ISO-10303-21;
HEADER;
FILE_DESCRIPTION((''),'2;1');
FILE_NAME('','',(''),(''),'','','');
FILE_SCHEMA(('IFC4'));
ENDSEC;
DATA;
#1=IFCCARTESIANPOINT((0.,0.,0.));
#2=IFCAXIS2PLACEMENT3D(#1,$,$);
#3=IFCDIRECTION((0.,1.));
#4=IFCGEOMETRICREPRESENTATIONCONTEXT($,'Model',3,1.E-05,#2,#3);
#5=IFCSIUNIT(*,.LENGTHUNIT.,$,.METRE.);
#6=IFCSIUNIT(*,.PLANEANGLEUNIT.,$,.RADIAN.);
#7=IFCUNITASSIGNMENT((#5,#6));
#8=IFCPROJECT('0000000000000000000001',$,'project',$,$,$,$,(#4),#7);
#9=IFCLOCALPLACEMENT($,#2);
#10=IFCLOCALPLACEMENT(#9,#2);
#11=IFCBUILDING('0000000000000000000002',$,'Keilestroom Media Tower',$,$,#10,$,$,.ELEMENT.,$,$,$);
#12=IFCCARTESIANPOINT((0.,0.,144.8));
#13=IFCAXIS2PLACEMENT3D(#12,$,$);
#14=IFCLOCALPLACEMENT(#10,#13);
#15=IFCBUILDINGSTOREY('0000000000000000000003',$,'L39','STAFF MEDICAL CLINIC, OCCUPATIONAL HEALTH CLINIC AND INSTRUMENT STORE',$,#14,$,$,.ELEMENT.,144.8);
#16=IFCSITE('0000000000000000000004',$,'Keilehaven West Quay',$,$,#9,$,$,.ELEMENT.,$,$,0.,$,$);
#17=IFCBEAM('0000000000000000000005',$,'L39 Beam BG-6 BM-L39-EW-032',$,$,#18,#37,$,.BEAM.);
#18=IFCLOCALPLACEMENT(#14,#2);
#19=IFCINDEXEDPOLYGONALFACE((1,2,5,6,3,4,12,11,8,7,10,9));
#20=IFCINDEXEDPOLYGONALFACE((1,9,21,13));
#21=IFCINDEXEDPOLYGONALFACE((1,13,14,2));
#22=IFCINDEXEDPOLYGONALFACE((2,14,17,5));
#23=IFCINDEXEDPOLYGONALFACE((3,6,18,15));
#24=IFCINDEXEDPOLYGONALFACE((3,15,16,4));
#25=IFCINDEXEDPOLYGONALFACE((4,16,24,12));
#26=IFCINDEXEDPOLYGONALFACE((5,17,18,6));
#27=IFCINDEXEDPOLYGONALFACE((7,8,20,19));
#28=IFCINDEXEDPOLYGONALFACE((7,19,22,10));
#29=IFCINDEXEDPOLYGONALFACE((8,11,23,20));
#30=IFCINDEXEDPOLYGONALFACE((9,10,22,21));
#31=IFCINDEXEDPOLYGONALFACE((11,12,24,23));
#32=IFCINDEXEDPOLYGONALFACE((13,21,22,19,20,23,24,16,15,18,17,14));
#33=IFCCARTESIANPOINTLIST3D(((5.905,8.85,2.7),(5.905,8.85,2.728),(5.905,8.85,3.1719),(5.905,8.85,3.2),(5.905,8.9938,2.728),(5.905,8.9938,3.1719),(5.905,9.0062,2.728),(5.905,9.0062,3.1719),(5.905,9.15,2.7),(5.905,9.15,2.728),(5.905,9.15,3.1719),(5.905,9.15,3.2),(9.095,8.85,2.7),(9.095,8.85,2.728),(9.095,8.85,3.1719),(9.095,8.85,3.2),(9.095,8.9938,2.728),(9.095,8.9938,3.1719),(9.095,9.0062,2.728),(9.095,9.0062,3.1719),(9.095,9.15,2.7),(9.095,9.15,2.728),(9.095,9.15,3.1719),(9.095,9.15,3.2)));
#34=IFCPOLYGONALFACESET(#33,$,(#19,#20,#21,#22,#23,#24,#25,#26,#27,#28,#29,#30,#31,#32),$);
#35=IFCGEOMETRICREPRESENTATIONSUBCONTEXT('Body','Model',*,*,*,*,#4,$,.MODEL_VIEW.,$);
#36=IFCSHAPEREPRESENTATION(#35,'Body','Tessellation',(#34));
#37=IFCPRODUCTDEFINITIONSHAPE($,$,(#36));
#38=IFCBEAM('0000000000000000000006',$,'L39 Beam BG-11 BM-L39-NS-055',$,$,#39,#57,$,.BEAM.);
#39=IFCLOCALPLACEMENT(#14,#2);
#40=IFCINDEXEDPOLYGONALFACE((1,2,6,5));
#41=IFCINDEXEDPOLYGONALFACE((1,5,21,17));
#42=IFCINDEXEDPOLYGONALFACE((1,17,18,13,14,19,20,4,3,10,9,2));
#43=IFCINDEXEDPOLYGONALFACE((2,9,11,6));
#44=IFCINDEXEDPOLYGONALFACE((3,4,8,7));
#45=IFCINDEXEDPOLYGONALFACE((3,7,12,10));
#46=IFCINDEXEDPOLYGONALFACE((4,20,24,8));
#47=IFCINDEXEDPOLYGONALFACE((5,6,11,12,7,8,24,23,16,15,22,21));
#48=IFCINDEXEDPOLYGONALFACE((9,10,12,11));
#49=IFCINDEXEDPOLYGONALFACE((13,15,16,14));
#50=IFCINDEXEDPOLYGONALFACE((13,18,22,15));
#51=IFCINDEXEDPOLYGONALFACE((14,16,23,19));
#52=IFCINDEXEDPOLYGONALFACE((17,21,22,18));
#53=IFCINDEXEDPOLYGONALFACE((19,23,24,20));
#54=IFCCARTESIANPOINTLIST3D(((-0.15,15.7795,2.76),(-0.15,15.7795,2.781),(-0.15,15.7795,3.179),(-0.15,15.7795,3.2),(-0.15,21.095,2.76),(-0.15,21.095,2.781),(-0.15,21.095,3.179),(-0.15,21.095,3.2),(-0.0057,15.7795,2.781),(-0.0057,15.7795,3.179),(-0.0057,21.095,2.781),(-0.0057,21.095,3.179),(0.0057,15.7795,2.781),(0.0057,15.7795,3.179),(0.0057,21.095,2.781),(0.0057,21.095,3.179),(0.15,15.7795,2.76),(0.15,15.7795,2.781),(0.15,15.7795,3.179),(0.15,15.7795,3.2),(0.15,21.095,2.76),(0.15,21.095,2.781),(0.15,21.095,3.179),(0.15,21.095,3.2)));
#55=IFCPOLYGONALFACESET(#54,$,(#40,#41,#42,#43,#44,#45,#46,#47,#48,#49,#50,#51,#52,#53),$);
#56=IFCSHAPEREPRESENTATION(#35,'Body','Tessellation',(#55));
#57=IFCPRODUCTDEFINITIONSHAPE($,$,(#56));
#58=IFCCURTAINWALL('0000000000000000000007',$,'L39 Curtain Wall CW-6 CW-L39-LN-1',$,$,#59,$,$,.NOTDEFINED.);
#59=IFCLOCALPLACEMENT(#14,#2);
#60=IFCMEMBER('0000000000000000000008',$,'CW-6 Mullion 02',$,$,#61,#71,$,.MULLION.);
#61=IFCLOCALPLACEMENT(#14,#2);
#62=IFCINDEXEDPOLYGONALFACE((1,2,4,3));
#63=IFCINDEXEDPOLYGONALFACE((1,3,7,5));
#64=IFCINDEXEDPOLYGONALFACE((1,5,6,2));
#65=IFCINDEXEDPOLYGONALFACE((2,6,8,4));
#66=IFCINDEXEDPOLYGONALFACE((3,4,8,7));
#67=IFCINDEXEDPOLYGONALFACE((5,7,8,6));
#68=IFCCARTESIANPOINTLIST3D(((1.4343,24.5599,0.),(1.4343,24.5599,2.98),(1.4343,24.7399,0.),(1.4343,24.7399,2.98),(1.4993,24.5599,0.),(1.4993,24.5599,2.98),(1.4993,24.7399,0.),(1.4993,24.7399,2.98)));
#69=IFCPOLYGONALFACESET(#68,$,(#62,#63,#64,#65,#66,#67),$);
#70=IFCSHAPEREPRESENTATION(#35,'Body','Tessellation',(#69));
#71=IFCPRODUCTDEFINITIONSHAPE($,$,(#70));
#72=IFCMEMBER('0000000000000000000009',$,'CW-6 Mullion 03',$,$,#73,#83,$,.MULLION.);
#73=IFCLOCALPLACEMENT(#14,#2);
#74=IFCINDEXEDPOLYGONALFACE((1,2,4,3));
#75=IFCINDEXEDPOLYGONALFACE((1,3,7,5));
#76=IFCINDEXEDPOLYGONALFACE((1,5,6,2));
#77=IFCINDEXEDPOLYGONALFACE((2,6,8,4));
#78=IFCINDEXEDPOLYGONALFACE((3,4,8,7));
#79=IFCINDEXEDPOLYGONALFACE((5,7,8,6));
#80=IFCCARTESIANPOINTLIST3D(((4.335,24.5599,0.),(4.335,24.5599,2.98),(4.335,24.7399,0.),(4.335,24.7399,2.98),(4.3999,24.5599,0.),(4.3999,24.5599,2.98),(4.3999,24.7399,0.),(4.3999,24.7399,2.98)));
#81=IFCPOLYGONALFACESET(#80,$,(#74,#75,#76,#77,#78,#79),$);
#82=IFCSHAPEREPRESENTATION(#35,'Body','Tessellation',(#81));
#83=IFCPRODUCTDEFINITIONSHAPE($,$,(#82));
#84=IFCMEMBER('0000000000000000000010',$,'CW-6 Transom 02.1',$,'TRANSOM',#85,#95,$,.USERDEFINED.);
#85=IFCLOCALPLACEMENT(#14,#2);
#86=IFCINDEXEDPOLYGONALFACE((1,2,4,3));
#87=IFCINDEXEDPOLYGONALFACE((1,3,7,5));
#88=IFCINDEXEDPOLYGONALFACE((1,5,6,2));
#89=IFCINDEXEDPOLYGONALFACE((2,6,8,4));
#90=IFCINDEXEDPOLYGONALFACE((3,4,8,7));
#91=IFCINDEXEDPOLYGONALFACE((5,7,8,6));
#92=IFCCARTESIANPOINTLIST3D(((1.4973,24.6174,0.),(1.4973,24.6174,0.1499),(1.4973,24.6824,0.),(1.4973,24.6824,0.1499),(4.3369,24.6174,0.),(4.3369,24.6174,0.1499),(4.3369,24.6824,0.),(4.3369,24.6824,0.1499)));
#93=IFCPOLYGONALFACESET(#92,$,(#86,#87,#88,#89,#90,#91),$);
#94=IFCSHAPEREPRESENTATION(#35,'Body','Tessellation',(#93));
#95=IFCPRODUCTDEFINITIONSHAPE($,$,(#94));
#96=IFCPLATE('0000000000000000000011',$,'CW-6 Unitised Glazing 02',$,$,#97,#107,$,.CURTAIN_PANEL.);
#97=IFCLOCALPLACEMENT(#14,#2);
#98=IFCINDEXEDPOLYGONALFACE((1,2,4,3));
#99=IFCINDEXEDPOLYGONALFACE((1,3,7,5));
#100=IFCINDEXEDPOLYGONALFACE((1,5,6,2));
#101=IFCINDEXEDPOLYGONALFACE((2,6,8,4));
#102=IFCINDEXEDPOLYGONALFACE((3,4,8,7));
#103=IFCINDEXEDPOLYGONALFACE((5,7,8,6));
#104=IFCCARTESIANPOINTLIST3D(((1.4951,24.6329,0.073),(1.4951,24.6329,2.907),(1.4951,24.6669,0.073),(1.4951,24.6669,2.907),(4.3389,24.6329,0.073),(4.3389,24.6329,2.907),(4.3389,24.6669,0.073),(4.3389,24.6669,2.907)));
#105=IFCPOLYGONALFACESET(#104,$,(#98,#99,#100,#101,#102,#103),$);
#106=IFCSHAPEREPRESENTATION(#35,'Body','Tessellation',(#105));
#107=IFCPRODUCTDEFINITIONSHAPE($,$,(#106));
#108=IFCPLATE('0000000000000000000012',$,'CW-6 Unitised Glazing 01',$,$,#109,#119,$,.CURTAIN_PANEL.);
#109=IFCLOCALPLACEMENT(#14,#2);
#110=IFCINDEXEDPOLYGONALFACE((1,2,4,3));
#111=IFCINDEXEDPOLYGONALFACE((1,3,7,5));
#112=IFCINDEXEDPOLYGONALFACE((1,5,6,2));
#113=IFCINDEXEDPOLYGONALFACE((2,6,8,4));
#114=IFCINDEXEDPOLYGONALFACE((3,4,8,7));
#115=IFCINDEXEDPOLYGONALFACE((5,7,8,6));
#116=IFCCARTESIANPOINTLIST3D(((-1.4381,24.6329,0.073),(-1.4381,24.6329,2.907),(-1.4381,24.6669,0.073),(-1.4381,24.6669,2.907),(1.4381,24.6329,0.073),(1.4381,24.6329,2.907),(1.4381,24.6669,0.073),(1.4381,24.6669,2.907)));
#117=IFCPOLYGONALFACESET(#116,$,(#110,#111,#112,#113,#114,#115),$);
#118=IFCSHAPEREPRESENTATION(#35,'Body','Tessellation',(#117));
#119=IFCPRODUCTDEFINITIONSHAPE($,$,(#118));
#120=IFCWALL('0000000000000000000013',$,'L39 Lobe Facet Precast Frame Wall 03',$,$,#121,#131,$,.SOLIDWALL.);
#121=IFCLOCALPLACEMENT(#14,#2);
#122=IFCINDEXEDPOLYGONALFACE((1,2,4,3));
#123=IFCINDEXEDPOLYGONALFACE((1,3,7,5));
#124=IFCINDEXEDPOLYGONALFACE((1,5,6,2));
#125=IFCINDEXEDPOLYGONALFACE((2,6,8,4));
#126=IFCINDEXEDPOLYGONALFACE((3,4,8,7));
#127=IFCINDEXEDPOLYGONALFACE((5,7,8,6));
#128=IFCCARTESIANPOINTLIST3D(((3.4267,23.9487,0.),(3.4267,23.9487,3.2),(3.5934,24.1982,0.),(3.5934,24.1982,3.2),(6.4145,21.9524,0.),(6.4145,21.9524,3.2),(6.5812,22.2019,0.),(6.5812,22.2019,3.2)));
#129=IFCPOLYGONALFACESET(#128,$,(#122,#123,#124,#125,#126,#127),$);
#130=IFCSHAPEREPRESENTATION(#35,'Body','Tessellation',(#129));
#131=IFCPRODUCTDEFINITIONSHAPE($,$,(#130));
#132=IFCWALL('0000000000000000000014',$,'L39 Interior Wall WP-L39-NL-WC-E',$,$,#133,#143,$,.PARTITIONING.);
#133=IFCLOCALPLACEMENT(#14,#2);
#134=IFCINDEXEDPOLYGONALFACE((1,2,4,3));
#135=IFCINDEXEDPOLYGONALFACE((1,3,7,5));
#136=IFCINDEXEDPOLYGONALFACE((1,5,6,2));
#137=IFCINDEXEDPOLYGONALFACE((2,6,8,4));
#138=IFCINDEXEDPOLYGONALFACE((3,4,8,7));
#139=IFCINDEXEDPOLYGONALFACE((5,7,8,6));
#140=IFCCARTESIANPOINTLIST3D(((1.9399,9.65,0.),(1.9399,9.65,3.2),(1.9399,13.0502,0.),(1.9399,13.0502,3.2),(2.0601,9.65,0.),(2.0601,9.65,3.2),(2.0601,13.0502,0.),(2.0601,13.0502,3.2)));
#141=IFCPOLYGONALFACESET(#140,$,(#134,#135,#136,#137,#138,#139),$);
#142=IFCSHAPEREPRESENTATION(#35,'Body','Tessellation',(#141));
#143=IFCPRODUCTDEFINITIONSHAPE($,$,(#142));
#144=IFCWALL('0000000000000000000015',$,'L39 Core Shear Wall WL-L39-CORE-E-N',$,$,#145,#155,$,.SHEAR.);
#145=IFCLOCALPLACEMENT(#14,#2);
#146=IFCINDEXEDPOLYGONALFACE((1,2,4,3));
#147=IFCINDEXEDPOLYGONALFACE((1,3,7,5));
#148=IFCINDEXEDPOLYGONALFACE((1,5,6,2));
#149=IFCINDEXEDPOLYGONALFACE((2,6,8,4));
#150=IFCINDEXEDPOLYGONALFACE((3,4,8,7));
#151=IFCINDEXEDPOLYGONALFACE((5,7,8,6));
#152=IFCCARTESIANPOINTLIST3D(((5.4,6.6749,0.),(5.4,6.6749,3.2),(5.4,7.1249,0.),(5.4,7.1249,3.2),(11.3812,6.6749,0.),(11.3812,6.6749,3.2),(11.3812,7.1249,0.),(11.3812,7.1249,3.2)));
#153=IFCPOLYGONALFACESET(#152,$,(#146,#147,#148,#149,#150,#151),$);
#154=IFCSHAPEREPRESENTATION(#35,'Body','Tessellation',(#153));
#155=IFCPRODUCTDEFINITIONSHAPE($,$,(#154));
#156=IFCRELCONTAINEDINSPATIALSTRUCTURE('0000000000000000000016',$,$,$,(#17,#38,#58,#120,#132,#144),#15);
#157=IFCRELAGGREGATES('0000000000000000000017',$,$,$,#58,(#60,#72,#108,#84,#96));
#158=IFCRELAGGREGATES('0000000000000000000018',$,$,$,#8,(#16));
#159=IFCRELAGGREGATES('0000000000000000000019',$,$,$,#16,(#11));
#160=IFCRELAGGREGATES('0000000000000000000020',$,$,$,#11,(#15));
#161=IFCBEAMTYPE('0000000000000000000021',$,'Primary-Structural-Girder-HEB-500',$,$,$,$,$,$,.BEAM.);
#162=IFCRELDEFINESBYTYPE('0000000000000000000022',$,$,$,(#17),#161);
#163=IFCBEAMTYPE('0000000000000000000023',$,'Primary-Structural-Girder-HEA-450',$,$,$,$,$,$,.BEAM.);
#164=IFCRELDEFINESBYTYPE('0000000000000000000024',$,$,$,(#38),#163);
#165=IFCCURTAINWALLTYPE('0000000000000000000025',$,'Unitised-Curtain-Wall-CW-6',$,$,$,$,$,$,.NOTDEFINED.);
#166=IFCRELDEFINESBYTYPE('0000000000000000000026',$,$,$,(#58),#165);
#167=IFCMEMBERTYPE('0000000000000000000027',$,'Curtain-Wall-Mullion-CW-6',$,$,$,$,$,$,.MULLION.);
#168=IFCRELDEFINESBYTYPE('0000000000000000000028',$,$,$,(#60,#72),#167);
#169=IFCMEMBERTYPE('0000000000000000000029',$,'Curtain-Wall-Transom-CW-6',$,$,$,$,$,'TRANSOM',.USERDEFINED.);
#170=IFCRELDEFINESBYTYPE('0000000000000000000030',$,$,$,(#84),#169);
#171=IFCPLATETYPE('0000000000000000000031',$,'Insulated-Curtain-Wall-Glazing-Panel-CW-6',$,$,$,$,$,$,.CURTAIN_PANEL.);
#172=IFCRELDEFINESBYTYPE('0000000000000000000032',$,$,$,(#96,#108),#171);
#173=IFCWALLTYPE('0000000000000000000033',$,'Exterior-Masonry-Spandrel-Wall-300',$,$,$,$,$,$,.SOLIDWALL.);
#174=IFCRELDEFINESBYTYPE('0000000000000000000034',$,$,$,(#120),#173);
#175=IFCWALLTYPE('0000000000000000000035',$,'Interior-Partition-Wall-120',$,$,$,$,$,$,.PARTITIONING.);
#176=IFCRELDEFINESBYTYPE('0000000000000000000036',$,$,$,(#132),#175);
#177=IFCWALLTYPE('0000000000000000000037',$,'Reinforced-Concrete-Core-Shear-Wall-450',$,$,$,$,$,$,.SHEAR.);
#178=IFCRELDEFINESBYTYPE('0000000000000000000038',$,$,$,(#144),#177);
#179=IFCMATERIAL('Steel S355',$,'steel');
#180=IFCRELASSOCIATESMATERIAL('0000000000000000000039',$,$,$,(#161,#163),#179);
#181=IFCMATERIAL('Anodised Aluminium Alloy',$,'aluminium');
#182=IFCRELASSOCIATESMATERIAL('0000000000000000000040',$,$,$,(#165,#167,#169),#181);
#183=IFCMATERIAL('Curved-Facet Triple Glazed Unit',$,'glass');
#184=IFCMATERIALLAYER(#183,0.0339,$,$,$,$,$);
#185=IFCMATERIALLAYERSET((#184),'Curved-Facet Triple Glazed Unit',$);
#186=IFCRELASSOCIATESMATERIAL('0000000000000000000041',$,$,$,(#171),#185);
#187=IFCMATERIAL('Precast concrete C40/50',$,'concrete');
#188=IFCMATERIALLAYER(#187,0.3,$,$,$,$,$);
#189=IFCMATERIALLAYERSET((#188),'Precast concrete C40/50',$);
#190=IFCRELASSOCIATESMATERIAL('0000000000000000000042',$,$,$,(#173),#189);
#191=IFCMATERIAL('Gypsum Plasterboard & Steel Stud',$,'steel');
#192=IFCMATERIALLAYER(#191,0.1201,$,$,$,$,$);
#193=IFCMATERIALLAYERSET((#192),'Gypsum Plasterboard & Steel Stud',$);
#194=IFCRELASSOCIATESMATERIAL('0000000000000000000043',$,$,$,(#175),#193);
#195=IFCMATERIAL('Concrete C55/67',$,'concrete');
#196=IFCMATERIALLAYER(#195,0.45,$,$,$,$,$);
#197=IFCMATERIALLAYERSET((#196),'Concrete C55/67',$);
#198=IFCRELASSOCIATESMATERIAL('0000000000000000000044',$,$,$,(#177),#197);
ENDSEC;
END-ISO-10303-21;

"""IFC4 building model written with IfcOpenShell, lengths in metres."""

from ifc_helpers import new_model, si_unit, direction, frame, frame_2d, origin, origin_2d, place, context, subcontext, project, spatial, rectangle, i_section, extrude, source, transform, mapped, material, layer, layer_set, material_profile, profile_set, type_object, element, aggregate, save


model = new_model("IFC4")

# Units and contexts
model_context = context("Model", 3, precision=1e-05, world=origin(), true_north=direction((0.0, 1.0)))
body_context = subcontext(model_context, "Body", "Model", "MODEL_VIEW")
ifc_project = project(units=[si_unit("LENGTHUNIT", "METRE"), si_unit("PLANEANGLEUNIT", "RADIAN")], contexts=[model_context])

# Site, building, storey
site_placement = place(None, origin())
site = spatial("IfcSite", under=ifc_project, at=site_placement, Name="Keilehaven West Quay", CompositionType="ELEMENT", RefElevation=0.0)
building_placement = place(site_placement, origin())
building = spatial("IfcBuilding", under=site, at=building_placement, Name="Keilestroom Media Tower", CompositionType="ELEMENT")
storey_placement = place(building_placement, frame((0.0, 0.0, 144.8)))
storey = spatial("IfcBuildingStorey", under=building, at=storey_placement, Name="L39", Description="STAFF MEDICAL CLINIC, OCCUPATIONAL HEALTH CLINIC AND INSTRUMENT STORE", CompositionType="ELEMENT", Elevation=144.8)

# Shared definitions
ifc_material_1 = material(Name="Steel S355", Category="steel")
ifc_material_2 = material(Name="Concrete C55/67", Category="concrete")

# Beams
ifc_material_profile_1 = material_profile(ifc_material_1, i_section(OverallWidth=0.3, OverallDepth=0.5, WebThickness=0.0125, FlangeThickness=0.0281, at=origin_2d()), Name="HEB 500")
ifc_profile_set_1 = profile_set([ifc_material_profile_1], Name="Steel S355")
beam_type_1 = type_object("IfcBeamType", Name="Primary-Structural-Girder-HEB-500", PredefinedType="BEAM", material=ifc_profile_set_1)
shared_shape_1 = source(origin(), body_context, "Body", "SweptSolid", [
    extrude(i_section(OverallWidth=0.3, OverallDepth=0.5, WebThickness=0.0125, FlangeThickness=0.0281, at=origin_2d()), origin(), (0.0, 0.0, 1.0), 3.1899),
])
beam_1_placement = place(storey_placement, frame((5.905, 9.0, 2.95), z_axis=(1.0, 0.0, 0.0), x_axis=(0.0, 1.0, 0.0)))
element("IfcBeam", 1, at=beam_1_placement, inside=storey, type_object=beam_type_1, Name="L39 Beam BG-6 BM-L39-EW-032", PredefinedType="BEAM", context=body_context, shape_type="MappedRepresentation", body=[
    mapped(shared_shape_1, transform((0.0, 0.0, 0.0), x_axis=(1.0, 0.0, 0.0), y_axis=(0.0, 1.0, 0.0), z_axis=(0.0, 0.0, 1.0), scale=1.0)),
])
ifc_material_profile_2 = material_profile(ifc_material_1, i_section(OverallWidth=0.3, OverallDepth=0.4399, WebThickness=0.0115, FlangeThickness=0.021, at=origin_2d()), Name="HEA 450")
ifc_profile_set_2 = profile_set([ifc_material_profile_2], Name="Steel S355")
beam_type_2 = type_object("IfcBeamType", Name="Primary-Structural-Girder-HEA-450", PredefinedType="BEAM", material=ifc_profile_set_2)
shared_shape_2 = source(origin(), body_context, "Body", "SweptSolid", [
    extrude(i_section(OverallWidth=0.3, OverallDepth=0.4399, WebThickness=0.0115, FlangeThickness=0.021, at=origin_2d()), origin(), (0.0, 0.0, 1.0), 5.3154),
])
beam_2_placement = place(storey_placement, frame((0.0, 15.7795, 2.98), z_axis=(0.0, 1.0, 0.0), x_axis=(-1.0, 0.0, 0.0)))
element("IfcBeam", 2, at=beam_2_placement, inside=storey, type_object=beam_type_2, Name="L39 Beam BG-11 BM-L39-NS-055", PredefinedType="BEAM", context=body_context, shape_type="MappedRepresentation", body=[
    mapped(shared_shape_2, transform((0.0, 0.0, 0.0), x_axis=(1.0, 0.0, 0.0), y_axis=(0.0, 1.0, 0.0), z_axis=(0.0, 0.0, 1.0), scale=1.0)),
])

# Curtain wall, members, plates
ifc_material_3 = material(Name="Anodised Aluminium Alloy", Category="aluminium")
curtain_wall_type = type_object("IfcCurtainWallType", Name="Unitised-Curtain-Wall-CW-6", PredefinedType="NOTDEFINED", material=ifc_material_3)
curtain_wall_placement = place(storey_placement, origin())
curtain_wall = element("IfcCurtainWall", 3, at=curtain_wall_placement, inside=storey, type_object=curtain_wall_type, Name="L39 Curtain Wall CW-6 CW-L39-LN-1", PredefinedType="NOTDEFINED")
ifc_material_profile_3 = material_profile(ifc_material_3, rectangle(XDim=0.0649, YDim=0.1799, at=origin_2d()), Name="ALU MULLION 65x180")
ifc_profile_set_3 = profile_set([ifc_material_profile_3], Name="Anodised Aluminium Alloy")
member_type_1 = type_object("IfcMemberType", Name="Curtain-Wall-Mullion-CW-6", PredefinedType="MULLION", material=ifc_profile_set_3)
shared_shape_3 = source(origin(), body_context, "Body", "SweptSolid", [
    extrude(rectangle(XDim=0.0649, YDim=0.1799, at=origin_2d()), origin(), (0.0, 0.0, 1.0), 2.98),
])
member_1_placement = place(storey_placement, frame((1.4668, 24.6499, 0.0), z_axis=(0.0, 0.0, 1.0), x_axis=(1.0, 0.0, 0.0)))
member_1 = element("IfcMember", 4, at=member_1_placement, type_object=member_type_1, Name="CW-6 Mullion 02", PredefinedType="MULLION", context=body_context, shape_type="MappedRepresentation", body=[
    mapped(shared_shape_3, transform((0.0, 0.0, 0.0), x_axis=(1.0, 0.0, 0.0), y_axis=(0.0, 1.0, 0.0), z_axis=(0.0, 0.0, 1.0), scale=1.0)),
])
member_2_placement = place(storey_placement, frame((4.3674, 24.6499, 0.0), z_axis=(0.0, 0.0, 1.0), x_axis=(1.0, 0.0, 0.0)))
member_2 = element("IfcMember", 5, at=member_2_placement, type_object=member_type_1, Name="CW-6 Mullion 03", PredefinedType="MULLION", context=body_context, shape_type="MappedRepresentation", body=[
    mapped(shared_shape_3, transform((0.0, 0.0, 0.0), x_axis=(1.0, 0.0, 0.0), y_axis=(0.0, 1.0, 0.0), z_axis=(0.0, 0.0, 1.0), scale=1.0)),
])
ifc_material_profile_4 = material_profile(ifc_material_3, rectangle(XDim=0.0649, YDim=0.1499, at=origin_2d()), Name="ALU TRANSOM 65x150")
ifc_profile_set_4 = profile_set([ifc_material_profile_4], Name="Anodised Aluminium Alloy")
member_type_2 = type_object("IfcMemberType", Name="Curtain-Wall-Transom-CW-6", ElementType="TRANSOM", PredefinedType="USERDEFINED", material=ifc_profile_set_4)
shared_shape_4 = source(origin(), body_context, "Body", "SweptSolid", [
    extrude(rectangle(XDim=0.0649, YDim=0.1499, at=origin_2d()), origin(), (0.0, 0.0, 1.0), 2.8396),
])
member_3_placement = place(storey_placement, frame((1.4973, 24.6499, 0.075), z_axis=(1.0, 0.0, 0.0), x_axis=(0.0, 1.0, 0.0)))
member_3 = element("IfcMember", 6, at=member_3_placement, type_object=member_type_2, Name="CW-6 Transom 02.1", ObjectType="TRANSOM", PredefinedType="USERDEFINED", context=body_context, shape_type="MappedRepresentation", body=[
    mapped(shared_shape_4, transform((0.0, 0.0, 0.0), x_axis=(1.0, 0.0, 0.0), y_axis=(0.0, 1.0, 0.0), z_axis=(0.0, 0.0, 1.0), scale=1.0)),
])
ifc_material_4 = material(Name="Curved-Facet Triple Glazed Unit", Category="glass")
ifc_layer_1 = layer(ifc_material_4, 0.0339)
ifc_layer_set_1 = layer_set([ifc_layer_1], Name="Curved-Facet Triple Glazed Unit")
plate_type = type_object("IfcPlateType", Name="Insulated-Curtain-Wall-Glazing-Panel-CW-6", PredefinedType="CURTAIN_PANEL", material=ifc_layer_set_1)
shared_shape_5 = source(origin(), body_context, "Body", "SweptSolid", [
    extrude(rectangle(XDim=2.8438, YDim=0.0339, at=origin_2d()), origin(), (0.0, 0.0, 1.0), 2.834),
])
plate_1_placement = place(storey_placement, frame((2.917, 24.6499, 0.073), z_axis=(0.0, 0.0, 1.0), x_axis=(1.0, 0.0, 0.0)))
plate_1 = element("IfcPlate", 7, at=plate_1_placement, type_object=plate_type, Name="CW-6 Unitised Glazing 02", PredefinedType="CURTAIN_PANEL", context=body_context, shape_type="MappedRepresentation", body=[
    mapped(shared_shape_5, transform((0.0, 0.0, 0.0), x_axis=(1.0, 0.0, 0.0), y_axis=(0.0, 1.0, 0.0), z_axis=(0.0, 0.0, 1.0), scale=1.0)),
])
shared_shape_6 = source(origin(), body_context, "Body", "SweptSolid", [
    extrude(rectangle(XDim=2.8762, YDim=0.0339, at=origin_2d()), origin(), (0.0, 0.0, 1.0), 2.834),
])
plate_2_placement = place(storey_placement, frame((0.0, 24.6499, 0.073), z_axis=(0.0, 0.0, 1.0), x_axis=(1.0, 0.0, 0.0)))
plate_2 = element("IfcPlate", 8, at=plate_2_placement, type_object=plate_type, Name="CW-6 Unitised Glazing 01", PredefinedType="CURTAIN_PANEL", context=body_context, shape_type="MappedRepresentation", body=[
    mapped(shared_shape_6, transform((0.0, 0.0, 0.0), x_axis=(1.0, 0.0, 0.0), y_axis=(0.0, 1.0, 0.0), z_axis=(0.0, 0.0, 1.0), scale=1.0)),
])
aggregate(curtain_wall, [member_1, member_2, plate_2, member_3, plate_1])

# Walls
ifc_material_5 = material(Name="Precast concrete C40/50", Category="concrete")
ifc_layer_2 = layer(ifc_material_5, 0.3)
ifc_layer_set_2 = layer_set([ifc_layer_2], Name="Precast concrete C40/50")
wall_type_1 = type_object("IfcWallType", Name="Exterior-Masonry-Spandrel-Wall-300", PredefinedType="SOLIDWALL", material=ifc_layer_set_2)
wall_1_placement = place(storey_placement, frame((6.4978, 22.0771, 0.0), z_axis=(0.0, 0.0, 1.0), x_axis=(-0.831475, 0.555562, 0.0)))
element("IfcWall", 9, at=wall_1_placement, inside=storey, type_object=wall_type_1, Name="L39 Lobe Facet Precast Frame Wall 03", PredefinedType="SOLIDWALL", context=body_context, shape_type="SweptSolid", body=[
    extrude(rectangle(XDim=3.5933, YDim=0.3, at=frame_2d((1.7966, 0.0))), origin(), (0.0, 0.0, 1.0), 3.2),
])
ifc_material_6 = material(Name="Gypsum Plasterboard & Steel Stud", Category="steel")
ifc_layer_3 = layer(ifc_material_6, 0.1201)
ifc_layer_set_3 = layer_set([ifc_layer_3], Name="Gypsum Plasterboard & Steel Stud")
wall_type_2 = type_object("IfcWallType", Name="Interior-Partition-Wall-120", PredefinedType="PARTITIONING", material=ifc_layer_set_3)
wall_2_placement = place(storey_placement, frame((2.0, 9.6499, 0.0), z_axis=(0.0, 0.0, 1.0), x_axis=(0.0, 1.0, 0.0)))
element("IfcWall", 10, at=wall_2_placement, inside=storey, type_object=wall_type_2, Name="L39 Interior Wall WP-L39-NL-WC-E", PredefinedType="PARTITIONING", context=body_context, shape_type="SweptSolid", body=[
    extrude(rectangle(XDim=3.4001, YDim=0.1201, at=frame_2d((1.7002, 0.0))), origin(), (0.0, 0.0, 1.0), 3.2),
])
ifc_layer_4 = layer(ifc_material_2, 0.45)
ifc_layer_set_4 = layer_set([ifc_layer_4], Name="Concrete C55/67")
wall_type_3 = type_object("IfcWallType", Name="Reinforced-Concrete-Core-Shear-Wall-450", PredefinedType="SHEAR", material=ifc_layer_set_4)
wall_3_placement = place(storey_placement, frame((5.3999, 6.8999, 0.0), z_axis=(0.0, 0.0, 1.0), x_axis=(1.0, 0.0, 0.0)))
element("IfcWall", 11, at=wall_3_placement, inside=storey, type_object=wall_type_3, Name="L39 Core Shear Wall WL-L39-CORE-E-N", PredefinedType="SHEAR", context=body_context, shape_type="SweptSolid", body=[
    extrude(rectangle(XDim=5.9812, YDim=0.45, at=frame_2d((2.9907, 0.0))), origin(), (0.0, 0.0, 1.0), 3.2),
])

save(model, "model.ifc")
